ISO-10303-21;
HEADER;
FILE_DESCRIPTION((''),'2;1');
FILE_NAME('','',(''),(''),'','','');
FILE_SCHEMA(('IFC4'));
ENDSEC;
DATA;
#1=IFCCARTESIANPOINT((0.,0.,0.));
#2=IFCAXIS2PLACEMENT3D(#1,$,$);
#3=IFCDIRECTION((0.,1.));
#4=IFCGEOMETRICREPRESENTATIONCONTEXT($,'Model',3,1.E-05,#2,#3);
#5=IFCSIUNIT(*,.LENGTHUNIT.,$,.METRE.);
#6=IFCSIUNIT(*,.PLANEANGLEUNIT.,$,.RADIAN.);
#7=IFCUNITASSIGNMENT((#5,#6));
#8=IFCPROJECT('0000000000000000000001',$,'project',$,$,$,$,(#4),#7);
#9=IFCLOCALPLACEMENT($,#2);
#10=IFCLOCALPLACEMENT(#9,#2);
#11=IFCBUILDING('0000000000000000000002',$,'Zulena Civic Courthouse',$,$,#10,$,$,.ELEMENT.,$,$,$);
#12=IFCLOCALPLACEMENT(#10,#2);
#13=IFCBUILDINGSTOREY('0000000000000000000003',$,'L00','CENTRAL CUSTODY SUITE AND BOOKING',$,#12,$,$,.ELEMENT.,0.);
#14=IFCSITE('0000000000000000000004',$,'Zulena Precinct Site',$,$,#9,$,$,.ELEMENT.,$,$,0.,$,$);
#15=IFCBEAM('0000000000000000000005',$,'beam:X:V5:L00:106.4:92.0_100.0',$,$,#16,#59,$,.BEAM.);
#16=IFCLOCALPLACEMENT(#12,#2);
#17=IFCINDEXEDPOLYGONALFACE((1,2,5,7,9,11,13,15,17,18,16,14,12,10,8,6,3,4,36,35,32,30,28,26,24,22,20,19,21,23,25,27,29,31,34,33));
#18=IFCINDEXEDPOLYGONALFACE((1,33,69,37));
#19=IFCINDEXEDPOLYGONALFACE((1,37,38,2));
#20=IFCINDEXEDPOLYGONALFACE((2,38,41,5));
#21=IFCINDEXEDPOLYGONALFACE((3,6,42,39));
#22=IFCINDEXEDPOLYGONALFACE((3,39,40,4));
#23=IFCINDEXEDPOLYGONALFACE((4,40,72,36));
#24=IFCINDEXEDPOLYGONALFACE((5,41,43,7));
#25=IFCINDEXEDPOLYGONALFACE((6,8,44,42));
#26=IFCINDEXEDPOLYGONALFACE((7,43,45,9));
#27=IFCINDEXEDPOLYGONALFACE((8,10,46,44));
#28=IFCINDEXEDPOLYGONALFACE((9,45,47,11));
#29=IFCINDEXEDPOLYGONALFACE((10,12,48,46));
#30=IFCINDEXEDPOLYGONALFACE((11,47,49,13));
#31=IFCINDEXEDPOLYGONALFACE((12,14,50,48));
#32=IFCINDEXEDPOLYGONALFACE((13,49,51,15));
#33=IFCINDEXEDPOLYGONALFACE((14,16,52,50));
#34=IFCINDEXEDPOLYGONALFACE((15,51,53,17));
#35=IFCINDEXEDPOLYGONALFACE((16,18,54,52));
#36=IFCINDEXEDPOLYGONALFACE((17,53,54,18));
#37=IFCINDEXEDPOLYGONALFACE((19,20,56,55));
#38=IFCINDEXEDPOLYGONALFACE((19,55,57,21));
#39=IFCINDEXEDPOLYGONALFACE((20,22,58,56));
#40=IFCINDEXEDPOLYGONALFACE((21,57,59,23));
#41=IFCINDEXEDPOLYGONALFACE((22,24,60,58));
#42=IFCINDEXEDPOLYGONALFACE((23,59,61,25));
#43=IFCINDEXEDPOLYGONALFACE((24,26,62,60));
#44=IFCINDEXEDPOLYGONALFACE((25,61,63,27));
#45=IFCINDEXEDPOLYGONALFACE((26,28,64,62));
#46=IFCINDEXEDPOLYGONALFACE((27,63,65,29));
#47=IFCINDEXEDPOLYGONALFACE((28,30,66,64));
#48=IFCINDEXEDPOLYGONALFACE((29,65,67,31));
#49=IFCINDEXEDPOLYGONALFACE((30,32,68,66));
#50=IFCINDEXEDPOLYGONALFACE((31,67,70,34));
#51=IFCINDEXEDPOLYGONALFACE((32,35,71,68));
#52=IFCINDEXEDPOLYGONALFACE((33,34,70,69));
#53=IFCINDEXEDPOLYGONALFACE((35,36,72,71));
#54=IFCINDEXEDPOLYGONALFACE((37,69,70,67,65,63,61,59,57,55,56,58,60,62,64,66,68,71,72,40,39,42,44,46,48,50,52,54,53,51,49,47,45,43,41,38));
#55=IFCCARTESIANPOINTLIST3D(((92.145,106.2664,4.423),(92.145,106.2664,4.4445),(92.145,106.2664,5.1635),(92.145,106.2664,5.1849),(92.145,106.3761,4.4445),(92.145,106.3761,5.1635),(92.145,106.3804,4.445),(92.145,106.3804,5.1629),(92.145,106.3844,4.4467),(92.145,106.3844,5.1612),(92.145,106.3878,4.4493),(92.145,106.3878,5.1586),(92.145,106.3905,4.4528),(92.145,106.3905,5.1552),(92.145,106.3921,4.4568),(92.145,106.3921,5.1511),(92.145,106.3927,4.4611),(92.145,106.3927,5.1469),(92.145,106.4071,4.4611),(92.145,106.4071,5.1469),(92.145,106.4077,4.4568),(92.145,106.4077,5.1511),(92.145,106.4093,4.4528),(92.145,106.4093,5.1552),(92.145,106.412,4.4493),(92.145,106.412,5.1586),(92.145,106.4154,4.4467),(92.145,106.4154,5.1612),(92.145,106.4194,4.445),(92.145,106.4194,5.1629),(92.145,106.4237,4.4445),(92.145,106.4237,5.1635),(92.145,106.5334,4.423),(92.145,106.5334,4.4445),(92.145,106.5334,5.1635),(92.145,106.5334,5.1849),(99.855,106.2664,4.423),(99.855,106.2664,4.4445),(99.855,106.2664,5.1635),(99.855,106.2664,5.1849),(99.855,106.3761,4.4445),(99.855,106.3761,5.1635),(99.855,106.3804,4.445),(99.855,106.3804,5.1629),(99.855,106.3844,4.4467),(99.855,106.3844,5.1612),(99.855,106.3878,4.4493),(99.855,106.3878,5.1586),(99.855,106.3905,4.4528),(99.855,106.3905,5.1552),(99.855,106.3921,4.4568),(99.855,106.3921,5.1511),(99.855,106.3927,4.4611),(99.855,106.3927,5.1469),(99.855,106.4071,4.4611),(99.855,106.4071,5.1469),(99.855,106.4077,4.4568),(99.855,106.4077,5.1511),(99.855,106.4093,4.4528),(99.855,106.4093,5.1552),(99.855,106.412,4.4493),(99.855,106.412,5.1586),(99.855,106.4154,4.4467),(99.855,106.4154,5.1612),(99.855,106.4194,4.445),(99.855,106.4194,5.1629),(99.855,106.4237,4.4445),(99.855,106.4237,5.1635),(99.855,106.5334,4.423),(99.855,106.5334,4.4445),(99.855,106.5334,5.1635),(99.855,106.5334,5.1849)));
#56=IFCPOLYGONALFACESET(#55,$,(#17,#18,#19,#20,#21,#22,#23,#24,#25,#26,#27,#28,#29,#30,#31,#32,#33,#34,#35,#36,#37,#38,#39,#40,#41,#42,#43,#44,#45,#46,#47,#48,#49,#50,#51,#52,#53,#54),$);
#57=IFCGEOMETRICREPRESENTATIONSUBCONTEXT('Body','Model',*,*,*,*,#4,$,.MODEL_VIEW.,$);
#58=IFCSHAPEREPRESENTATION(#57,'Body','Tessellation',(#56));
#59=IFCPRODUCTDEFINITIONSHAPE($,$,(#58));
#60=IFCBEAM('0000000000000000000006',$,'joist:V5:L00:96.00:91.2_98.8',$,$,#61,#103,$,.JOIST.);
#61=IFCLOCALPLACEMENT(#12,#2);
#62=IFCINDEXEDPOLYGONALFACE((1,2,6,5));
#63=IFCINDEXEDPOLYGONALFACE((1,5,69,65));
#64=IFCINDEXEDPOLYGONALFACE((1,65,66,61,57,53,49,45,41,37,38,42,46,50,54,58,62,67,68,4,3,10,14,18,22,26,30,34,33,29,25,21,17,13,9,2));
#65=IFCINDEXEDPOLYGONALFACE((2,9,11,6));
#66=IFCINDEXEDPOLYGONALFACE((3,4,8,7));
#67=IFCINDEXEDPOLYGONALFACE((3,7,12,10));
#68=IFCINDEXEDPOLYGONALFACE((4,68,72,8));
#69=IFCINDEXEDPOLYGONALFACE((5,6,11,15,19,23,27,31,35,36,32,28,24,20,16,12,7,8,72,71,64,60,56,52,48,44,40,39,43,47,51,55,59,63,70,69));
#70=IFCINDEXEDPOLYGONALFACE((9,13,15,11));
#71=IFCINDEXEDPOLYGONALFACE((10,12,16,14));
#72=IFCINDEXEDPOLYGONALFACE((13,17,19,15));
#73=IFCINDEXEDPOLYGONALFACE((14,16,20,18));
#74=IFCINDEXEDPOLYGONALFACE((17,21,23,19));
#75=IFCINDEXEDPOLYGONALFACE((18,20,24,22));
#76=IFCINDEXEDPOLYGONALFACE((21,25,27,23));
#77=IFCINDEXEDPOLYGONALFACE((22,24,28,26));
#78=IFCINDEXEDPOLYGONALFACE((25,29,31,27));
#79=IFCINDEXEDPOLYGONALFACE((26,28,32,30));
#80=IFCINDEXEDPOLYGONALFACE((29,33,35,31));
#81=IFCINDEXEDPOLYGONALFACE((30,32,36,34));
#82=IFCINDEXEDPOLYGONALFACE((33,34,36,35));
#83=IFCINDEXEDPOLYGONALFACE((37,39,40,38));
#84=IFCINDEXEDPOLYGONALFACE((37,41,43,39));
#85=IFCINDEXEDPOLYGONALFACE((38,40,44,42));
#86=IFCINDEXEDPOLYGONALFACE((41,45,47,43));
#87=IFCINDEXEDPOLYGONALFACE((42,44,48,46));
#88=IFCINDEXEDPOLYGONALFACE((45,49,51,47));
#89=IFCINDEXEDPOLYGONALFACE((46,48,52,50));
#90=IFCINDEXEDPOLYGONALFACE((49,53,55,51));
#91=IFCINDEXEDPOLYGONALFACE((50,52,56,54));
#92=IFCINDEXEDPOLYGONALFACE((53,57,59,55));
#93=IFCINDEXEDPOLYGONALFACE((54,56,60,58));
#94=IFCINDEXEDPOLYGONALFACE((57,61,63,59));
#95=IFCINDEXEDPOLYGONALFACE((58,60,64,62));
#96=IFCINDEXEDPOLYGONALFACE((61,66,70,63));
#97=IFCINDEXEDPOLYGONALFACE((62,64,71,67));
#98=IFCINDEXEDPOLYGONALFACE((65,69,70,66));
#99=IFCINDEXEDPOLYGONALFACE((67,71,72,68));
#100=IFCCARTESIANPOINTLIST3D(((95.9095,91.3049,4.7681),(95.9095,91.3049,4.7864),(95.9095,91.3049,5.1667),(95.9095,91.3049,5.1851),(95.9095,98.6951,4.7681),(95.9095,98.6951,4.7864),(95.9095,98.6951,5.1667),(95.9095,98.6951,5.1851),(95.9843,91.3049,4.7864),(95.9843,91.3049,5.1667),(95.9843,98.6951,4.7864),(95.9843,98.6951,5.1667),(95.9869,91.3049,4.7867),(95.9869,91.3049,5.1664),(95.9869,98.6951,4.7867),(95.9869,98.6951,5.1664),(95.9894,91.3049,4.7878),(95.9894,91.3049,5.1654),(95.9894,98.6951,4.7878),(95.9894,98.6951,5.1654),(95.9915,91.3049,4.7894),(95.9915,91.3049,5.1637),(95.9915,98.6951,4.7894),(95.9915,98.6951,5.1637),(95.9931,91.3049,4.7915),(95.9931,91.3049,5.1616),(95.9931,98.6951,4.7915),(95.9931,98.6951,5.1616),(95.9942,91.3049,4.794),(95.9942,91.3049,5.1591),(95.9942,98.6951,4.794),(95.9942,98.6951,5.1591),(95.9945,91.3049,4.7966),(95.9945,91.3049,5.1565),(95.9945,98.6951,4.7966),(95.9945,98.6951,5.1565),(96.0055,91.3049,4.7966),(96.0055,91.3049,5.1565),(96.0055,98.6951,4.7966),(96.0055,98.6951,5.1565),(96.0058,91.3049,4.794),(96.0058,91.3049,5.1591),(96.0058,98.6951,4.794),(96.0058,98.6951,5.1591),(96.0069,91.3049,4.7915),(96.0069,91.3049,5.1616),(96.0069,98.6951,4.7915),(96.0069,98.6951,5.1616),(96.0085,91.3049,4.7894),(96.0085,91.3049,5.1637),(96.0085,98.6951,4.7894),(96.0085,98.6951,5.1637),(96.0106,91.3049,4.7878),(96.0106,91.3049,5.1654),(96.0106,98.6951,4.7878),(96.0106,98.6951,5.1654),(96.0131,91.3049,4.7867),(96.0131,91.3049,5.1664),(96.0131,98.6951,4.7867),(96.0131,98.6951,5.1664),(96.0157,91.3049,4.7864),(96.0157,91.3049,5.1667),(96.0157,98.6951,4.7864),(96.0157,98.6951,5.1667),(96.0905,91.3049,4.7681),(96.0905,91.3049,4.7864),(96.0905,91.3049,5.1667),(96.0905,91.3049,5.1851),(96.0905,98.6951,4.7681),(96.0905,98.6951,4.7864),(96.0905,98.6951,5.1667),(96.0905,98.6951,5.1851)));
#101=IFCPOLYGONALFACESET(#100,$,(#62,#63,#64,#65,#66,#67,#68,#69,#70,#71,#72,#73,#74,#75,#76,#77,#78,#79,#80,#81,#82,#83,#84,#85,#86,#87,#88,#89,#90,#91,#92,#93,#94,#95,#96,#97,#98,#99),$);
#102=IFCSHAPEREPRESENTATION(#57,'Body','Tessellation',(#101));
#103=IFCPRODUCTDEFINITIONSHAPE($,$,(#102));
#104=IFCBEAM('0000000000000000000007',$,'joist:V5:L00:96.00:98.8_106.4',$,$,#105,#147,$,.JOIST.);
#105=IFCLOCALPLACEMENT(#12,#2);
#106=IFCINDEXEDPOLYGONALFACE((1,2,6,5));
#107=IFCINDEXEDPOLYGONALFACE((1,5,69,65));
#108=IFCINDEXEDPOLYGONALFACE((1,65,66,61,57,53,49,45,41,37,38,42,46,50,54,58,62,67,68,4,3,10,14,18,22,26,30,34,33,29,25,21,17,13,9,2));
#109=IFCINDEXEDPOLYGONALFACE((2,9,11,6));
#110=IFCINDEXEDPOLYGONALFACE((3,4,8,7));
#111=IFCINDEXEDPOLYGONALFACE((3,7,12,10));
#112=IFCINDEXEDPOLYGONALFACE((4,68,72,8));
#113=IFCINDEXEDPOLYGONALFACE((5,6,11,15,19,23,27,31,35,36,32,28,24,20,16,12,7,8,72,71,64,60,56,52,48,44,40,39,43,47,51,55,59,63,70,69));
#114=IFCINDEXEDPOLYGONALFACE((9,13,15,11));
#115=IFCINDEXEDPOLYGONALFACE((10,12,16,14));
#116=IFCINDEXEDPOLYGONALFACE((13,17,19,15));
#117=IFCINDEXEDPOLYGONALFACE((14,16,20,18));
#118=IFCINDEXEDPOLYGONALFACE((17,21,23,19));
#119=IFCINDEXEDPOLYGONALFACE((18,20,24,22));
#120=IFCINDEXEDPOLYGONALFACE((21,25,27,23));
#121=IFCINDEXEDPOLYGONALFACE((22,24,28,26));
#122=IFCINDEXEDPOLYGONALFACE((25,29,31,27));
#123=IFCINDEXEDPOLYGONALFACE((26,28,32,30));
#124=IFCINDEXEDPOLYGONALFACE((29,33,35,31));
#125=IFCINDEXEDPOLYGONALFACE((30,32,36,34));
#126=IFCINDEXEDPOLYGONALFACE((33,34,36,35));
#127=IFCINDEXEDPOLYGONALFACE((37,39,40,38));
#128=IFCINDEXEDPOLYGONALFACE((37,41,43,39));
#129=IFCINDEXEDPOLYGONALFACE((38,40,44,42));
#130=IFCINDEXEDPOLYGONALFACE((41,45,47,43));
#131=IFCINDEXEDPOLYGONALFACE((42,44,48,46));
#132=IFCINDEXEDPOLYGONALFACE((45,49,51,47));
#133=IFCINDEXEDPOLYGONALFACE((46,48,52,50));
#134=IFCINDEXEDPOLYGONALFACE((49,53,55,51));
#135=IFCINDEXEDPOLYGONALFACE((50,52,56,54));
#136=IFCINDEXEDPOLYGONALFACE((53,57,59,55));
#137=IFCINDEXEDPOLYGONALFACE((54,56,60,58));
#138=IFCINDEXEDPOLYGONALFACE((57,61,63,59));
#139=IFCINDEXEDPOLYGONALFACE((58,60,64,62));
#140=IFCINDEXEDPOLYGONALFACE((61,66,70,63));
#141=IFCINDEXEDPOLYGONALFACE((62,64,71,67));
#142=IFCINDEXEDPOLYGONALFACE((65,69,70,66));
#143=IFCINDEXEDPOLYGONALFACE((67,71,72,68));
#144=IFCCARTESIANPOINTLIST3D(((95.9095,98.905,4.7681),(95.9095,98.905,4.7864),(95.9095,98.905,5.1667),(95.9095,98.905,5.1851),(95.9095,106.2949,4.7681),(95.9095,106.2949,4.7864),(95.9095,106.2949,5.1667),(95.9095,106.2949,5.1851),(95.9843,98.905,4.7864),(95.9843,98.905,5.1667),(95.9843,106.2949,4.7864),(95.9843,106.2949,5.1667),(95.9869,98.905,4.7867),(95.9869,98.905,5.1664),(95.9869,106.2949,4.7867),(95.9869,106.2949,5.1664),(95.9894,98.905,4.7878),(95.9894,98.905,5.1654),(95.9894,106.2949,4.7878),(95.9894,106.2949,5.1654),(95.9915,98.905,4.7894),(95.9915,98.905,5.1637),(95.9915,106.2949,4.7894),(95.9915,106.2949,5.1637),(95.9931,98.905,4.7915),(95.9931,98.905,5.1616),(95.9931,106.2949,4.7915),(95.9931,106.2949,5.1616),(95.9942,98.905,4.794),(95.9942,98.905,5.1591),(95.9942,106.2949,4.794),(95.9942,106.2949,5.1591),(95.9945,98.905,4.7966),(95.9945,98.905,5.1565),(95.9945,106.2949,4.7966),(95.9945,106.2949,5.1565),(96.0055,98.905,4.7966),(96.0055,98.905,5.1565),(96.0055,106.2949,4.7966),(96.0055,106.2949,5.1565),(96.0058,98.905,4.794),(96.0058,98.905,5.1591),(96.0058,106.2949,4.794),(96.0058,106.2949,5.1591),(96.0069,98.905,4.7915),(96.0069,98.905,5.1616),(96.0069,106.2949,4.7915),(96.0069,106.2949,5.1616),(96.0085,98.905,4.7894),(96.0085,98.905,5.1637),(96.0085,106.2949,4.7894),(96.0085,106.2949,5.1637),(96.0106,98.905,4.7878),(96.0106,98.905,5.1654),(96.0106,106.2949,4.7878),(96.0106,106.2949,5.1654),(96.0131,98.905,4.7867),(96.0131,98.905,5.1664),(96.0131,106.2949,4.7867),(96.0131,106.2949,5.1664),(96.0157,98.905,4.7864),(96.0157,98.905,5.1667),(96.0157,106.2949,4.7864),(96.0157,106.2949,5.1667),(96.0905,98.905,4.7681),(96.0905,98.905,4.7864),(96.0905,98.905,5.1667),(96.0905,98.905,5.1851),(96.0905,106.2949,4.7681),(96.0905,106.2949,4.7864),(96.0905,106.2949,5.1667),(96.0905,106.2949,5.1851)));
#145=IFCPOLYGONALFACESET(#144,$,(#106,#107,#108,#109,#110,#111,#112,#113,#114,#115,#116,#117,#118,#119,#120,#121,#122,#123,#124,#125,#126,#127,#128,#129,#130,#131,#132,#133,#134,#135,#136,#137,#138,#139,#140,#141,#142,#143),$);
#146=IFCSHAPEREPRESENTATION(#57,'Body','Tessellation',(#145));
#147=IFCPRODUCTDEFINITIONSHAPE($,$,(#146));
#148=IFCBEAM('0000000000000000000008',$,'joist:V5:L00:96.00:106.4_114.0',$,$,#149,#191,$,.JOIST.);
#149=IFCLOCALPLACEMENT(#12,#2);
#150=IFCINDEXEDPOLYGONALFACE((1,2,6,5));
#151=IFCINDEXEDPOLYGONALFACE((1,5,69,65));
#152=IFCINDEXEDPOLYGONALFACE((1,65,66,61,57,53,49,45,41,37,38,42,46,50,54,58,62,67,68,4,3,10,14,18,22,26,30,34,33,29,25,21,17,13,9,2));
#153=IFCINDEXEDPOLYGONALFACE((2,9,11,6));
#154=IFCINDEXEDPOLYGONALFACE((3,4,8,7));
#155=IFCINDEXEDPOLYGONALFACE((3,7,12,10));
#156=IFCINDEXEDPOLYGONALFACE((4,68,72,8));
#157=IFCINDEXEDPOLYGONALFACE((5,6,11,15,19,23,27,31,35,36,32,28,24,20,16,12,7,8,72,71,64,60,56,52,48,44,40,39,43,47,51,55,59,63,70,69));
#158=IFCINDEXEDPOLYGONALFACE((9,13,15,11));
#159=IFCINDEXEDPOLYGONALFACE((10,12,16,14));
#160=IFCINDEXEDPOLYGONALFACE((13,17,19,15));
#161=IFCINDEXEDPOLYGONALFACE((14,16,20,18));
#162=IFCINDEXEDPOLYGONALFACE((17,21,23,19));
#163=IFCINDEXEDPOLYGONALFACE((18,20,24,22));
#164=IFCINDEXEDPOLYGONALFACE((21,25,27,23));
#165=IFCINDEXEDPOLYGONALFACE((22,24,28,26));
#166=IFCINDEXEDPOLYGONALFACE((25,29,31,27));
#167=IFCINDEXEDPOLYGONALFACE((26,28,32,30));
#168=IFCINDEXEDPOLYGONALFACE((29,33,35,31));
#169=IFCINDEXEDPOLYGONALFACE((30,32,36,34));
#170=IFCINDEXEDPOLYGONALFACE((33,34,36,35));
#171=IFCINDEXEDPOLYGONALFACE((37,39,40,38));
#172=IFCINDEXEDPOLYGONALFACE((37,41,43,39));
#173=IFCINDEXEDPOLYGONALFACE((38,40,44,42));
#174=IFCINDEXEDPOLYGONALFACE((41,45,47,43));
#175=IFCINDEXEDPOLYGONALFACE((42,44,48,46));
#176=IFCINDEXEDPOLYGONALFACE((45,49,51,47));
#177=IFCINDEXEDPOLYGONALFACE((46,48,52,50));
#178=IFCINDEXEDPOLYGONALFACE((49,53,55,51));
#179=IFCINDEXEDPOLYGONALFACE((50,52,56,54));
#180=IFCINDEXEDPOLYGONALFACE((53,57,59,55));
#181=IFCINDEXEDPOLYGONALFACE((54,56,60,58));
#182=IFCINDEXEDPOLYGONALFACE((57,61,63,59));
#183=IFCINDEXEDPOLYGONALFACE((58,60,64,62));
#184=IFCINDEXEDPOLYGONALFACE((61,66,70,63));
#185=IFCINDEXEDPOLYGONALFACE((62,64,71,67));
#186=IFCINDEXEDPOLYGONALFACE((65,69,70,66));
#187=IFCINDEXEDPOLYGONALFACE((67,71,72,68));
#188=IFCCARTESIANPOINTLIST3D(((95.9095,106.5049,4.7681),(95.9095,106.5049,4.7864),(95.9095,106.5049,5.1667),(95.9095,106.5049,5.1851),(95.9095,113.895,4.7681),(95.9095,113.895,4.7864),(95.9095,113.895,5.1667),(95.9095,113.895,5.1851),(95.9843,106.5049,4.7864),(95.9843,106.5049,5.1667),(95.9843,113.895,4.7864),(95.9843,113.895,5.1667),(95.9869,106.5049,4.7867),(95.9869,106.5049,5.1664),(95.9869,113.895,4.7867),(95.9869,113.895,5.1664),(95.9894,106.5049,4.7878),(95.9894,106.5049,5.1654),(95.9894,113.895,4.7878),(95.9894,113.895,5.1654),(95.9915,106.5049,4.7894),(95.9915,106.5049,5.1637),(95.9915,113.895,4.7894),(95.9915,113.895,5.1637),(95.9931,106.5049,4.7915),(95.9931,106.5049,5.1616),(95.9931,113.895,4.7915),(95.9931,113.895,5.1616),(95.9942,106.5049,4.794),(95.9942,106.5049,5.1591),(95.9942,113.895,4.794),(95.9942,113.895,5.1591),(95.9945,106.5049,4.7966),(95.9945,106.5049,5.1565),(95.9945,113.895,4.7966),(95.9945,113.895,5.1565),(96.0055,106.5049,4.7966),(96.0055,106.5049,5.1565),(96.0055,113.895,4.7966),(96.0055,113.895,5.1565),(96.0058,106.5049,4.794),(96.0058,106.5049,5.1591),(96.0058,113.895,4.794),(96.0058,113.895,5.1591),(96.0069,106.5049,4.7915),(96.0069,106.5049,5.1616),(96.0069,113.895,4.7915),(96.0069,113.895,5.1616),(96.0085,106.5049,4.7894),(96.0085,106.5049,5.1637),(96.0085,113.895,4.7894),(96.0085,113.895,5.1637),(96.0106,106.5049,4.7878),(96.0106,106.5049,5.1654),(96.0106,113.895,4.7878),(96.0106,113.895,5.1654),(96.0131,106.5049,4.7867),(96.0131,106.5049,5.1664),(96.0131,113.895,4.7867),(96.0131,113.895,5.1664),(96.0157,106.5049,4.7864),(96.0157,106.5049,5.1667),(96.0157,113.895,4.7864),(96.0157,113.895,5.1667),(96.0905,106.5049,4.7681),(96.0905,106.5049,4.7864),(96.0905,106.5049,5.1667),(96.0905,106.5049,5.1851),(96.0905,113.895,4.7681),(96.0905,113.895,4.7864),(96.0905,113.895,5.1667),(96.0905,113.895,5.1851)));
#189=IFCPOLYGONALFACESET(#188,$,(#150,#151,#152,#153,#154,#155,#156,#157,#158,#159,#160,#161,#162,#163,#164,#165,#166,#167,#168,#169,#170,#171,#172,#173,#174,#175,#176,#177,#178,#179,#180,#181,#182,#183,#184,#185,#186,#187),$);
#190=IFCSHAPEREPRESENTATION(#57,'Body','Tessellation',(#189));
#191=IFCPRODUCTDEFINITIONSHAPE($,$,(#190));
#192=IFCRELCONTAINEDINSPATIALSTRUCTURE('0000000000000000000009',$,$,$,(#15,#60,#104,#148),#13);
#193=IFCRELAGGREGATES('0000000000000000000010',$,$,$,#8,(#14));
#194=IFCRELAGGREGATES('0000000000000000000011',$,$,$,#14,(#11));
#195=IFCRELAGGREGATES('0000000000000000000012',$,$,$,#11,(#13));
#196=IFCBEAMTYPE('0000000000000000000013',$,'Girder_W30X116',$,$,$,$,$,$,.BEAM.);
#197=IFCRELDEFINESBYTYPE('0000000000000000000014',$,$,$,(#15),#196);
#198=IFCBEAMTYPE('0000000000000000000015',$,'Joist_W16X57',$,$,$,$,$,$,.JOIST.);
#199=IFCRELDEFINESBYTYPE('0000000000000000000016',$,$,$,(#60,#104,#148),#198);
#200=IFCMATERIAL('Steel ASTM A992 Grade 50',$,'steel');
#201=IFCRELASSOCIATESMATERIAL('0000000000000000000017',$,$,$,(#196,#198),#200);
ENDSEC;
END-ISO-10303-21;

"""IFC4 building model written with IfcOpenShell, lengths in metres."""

from ifc_helpers import new_model, si_unit, direction, frame, origin, origin_2d, place, context, subcontext, project, spatial, i_section, extrude, material, material_profile, profile_set, type_object, element, save


model = new_model("IFC4")

# Units and contexts
model_context = context("Model", 3, precision=1e-05, world=origin(), true_north=direction((0.0, 1.0)))
body_context = subcontext(model_context, "Body", "Model", "MODEL_VIEW")
ifc_project = project(units=[si_unit("LENGTHUNIT", "METRE"), si_unit("PLANEANGLEUNIT", "RADIAN")], contexts=[model_context])

# Site, building, storey
site_placement = place(None, origin())
site = spatial("IfcSite", under=ifc_project, at=site_placement, Name="Zulena Precinct Site", CompositionType="ELEMENT", RefElevation=0.0)
building_placement = place(site_placement, origin())
building = spatial("IfcBuilding", under=site, at=building_placement, Name="Zulena Civic Courthouse", CompositionType="ELEMENT")
storey_placement = place(building_placement, origin())
storey = spatial("IfcBuildingStorey", under=building, at=storey_placement, Name="L00", Description="CENTRAL CUSTODY SUITE AND BOOKING", CompositionType="ELEMENT", Elevation=0.0)

# Shared definitions
ifc_material_1 = material(Name="Steel ASTM A992 Grade 50", Category="steel")

# Beams
ifc_material_profile_1 = material_profile(ifc_material_1, i_section(OverallWidth=0.2671, OverallDepth=0.762, WebThickness=0.0144, FlangeThickness=0.0215, FilletRadius=0.0166, at=origin_2d()), Name="W30X116")
ifc_profile_set_1 = profile_set([ifc_material_profile_1], Name="Steel ASTM A992 Grade 50")
beam_type_1 = type_object("IfcBeamType", Name="Girder_W30X116", PredefinedType="BEAM", material=ifc_profile_set_1)
for number, where, z_axis, x_axis, name in (
    (1, (92.145, 106.3999, 4.804), (1.0, 0.0, 0.0), (0.0, 1.0, 0.0), "beam:X:V5:L00:106.4:92.0_100.0"),
):
    element("IfcBeam", number, at=place(storey_placement, frame(where, z_axis=z_axis, x_axis=x_axis)), inside=storey, type_object=beam_type_1, Name=name, PredefinedType="BEAM", context=body_context, shape_type="SweptSolid", body=[
        extrude(i_section(OverallWidth=0.2671, OverallDepth=0.762, WebThickness=0.0144, FlangeThickness=0.0215, FilletRadius=0.0166, at=origin_2d()), origin(), (0.0, 0.0, 1.0), 7.71),
    ])
ifc_material_profile_2 = material_profile(ifc_material_1, i_section(OverallWidth=0.1809, OverallDepth=0.417, WebThickness=0.011, FlangeThickness=0.0183, FilletRadius=0.0103, at=origin_2d()), Name="W16X57")
ifc_profile_set_2 = profile_set([ifc_material_profile_2], Name="Steel ASTM A992 Grade 50")
beam_type_2 = type_object("IfcBeamType", Name="Joist_W16X57", PredefinedType="JOIST", material=ifc_profile_set_2)
beam_1_placement = place(storey_placement, frame((96.0, 91.3049, 4.9766), z_axis=(0.0, 1.0, 0.0), x_axis=(-1.0, 0.0, 0.0)))
element("IfcBeam", 2, at=beam_1_placement, inside=storey, type_object=beam_type_2, Name="joist:V5:L00:96.00:91.2_98.8", PredefinedType="JOIST", context=body_context, shape_type="SweptSolid", body=[
    extrude(i_section(OverallWidth=0.1809, OverallDepth=0.417, WebThickness=0.011, FlangeThickness=0.0183, FilletRadius=0.0103, at=origin_2d()), origin(), (0.0, 0.0, 1.0), 7.3901),
])
beam_2_placement = place(storey_placement, frame((96.0, 98.905, 4.9766), z_axis=(0.0, 1.0, 0.0), x_axis=(-1.0, 0.0, 0.0)))
element("IfcBeam", 3, at=beam_2_placement, inside=storey, type_object=beam_type_2, Name="joist:V5:L00:96.00:98.8_106.4", PredefinedType="JOIST", context=body_context, shape_type="SweptSolid", body=[
    extrude(i_section(OverallWidth=0.1809, OverallDepth=0.417, WebThickness=0.011, FlangeThickness=0.0183, FilletRadius=0.0103, at=origin_2d()), origin(), (0.0, 0.0, 1.0), 7.3899),
])
for number, where, z_axis, x_axis, name in (
    (4, (96.0, 106.5049, 4.9766), (0.0, 1.0, 0.0), (-1.0, 0.0, 0.0), "joist:V5:L00:96.00:106.4_114.0"),
):
    element("IfcBeam", number, at=place(storey_placement, frame(where, z_axis=z_axis, x_axis=x_axis)), inside=storey, type_object=beam_type_2, Name=name, PredefinedType="JOIST", context=body_context, shape_type="SweptSolid", body=[
        extrude(i_section(OverallWidth=0.1809, OverallDepth=0.417, WebThickness=0.011, FlangeThickness=0.0183, FilletRadius=0.0103, at=origin_2d()), origin(), (0.0, 0.0, 1.0), 7.3901),
    ])

save(model, "model.ifc")
